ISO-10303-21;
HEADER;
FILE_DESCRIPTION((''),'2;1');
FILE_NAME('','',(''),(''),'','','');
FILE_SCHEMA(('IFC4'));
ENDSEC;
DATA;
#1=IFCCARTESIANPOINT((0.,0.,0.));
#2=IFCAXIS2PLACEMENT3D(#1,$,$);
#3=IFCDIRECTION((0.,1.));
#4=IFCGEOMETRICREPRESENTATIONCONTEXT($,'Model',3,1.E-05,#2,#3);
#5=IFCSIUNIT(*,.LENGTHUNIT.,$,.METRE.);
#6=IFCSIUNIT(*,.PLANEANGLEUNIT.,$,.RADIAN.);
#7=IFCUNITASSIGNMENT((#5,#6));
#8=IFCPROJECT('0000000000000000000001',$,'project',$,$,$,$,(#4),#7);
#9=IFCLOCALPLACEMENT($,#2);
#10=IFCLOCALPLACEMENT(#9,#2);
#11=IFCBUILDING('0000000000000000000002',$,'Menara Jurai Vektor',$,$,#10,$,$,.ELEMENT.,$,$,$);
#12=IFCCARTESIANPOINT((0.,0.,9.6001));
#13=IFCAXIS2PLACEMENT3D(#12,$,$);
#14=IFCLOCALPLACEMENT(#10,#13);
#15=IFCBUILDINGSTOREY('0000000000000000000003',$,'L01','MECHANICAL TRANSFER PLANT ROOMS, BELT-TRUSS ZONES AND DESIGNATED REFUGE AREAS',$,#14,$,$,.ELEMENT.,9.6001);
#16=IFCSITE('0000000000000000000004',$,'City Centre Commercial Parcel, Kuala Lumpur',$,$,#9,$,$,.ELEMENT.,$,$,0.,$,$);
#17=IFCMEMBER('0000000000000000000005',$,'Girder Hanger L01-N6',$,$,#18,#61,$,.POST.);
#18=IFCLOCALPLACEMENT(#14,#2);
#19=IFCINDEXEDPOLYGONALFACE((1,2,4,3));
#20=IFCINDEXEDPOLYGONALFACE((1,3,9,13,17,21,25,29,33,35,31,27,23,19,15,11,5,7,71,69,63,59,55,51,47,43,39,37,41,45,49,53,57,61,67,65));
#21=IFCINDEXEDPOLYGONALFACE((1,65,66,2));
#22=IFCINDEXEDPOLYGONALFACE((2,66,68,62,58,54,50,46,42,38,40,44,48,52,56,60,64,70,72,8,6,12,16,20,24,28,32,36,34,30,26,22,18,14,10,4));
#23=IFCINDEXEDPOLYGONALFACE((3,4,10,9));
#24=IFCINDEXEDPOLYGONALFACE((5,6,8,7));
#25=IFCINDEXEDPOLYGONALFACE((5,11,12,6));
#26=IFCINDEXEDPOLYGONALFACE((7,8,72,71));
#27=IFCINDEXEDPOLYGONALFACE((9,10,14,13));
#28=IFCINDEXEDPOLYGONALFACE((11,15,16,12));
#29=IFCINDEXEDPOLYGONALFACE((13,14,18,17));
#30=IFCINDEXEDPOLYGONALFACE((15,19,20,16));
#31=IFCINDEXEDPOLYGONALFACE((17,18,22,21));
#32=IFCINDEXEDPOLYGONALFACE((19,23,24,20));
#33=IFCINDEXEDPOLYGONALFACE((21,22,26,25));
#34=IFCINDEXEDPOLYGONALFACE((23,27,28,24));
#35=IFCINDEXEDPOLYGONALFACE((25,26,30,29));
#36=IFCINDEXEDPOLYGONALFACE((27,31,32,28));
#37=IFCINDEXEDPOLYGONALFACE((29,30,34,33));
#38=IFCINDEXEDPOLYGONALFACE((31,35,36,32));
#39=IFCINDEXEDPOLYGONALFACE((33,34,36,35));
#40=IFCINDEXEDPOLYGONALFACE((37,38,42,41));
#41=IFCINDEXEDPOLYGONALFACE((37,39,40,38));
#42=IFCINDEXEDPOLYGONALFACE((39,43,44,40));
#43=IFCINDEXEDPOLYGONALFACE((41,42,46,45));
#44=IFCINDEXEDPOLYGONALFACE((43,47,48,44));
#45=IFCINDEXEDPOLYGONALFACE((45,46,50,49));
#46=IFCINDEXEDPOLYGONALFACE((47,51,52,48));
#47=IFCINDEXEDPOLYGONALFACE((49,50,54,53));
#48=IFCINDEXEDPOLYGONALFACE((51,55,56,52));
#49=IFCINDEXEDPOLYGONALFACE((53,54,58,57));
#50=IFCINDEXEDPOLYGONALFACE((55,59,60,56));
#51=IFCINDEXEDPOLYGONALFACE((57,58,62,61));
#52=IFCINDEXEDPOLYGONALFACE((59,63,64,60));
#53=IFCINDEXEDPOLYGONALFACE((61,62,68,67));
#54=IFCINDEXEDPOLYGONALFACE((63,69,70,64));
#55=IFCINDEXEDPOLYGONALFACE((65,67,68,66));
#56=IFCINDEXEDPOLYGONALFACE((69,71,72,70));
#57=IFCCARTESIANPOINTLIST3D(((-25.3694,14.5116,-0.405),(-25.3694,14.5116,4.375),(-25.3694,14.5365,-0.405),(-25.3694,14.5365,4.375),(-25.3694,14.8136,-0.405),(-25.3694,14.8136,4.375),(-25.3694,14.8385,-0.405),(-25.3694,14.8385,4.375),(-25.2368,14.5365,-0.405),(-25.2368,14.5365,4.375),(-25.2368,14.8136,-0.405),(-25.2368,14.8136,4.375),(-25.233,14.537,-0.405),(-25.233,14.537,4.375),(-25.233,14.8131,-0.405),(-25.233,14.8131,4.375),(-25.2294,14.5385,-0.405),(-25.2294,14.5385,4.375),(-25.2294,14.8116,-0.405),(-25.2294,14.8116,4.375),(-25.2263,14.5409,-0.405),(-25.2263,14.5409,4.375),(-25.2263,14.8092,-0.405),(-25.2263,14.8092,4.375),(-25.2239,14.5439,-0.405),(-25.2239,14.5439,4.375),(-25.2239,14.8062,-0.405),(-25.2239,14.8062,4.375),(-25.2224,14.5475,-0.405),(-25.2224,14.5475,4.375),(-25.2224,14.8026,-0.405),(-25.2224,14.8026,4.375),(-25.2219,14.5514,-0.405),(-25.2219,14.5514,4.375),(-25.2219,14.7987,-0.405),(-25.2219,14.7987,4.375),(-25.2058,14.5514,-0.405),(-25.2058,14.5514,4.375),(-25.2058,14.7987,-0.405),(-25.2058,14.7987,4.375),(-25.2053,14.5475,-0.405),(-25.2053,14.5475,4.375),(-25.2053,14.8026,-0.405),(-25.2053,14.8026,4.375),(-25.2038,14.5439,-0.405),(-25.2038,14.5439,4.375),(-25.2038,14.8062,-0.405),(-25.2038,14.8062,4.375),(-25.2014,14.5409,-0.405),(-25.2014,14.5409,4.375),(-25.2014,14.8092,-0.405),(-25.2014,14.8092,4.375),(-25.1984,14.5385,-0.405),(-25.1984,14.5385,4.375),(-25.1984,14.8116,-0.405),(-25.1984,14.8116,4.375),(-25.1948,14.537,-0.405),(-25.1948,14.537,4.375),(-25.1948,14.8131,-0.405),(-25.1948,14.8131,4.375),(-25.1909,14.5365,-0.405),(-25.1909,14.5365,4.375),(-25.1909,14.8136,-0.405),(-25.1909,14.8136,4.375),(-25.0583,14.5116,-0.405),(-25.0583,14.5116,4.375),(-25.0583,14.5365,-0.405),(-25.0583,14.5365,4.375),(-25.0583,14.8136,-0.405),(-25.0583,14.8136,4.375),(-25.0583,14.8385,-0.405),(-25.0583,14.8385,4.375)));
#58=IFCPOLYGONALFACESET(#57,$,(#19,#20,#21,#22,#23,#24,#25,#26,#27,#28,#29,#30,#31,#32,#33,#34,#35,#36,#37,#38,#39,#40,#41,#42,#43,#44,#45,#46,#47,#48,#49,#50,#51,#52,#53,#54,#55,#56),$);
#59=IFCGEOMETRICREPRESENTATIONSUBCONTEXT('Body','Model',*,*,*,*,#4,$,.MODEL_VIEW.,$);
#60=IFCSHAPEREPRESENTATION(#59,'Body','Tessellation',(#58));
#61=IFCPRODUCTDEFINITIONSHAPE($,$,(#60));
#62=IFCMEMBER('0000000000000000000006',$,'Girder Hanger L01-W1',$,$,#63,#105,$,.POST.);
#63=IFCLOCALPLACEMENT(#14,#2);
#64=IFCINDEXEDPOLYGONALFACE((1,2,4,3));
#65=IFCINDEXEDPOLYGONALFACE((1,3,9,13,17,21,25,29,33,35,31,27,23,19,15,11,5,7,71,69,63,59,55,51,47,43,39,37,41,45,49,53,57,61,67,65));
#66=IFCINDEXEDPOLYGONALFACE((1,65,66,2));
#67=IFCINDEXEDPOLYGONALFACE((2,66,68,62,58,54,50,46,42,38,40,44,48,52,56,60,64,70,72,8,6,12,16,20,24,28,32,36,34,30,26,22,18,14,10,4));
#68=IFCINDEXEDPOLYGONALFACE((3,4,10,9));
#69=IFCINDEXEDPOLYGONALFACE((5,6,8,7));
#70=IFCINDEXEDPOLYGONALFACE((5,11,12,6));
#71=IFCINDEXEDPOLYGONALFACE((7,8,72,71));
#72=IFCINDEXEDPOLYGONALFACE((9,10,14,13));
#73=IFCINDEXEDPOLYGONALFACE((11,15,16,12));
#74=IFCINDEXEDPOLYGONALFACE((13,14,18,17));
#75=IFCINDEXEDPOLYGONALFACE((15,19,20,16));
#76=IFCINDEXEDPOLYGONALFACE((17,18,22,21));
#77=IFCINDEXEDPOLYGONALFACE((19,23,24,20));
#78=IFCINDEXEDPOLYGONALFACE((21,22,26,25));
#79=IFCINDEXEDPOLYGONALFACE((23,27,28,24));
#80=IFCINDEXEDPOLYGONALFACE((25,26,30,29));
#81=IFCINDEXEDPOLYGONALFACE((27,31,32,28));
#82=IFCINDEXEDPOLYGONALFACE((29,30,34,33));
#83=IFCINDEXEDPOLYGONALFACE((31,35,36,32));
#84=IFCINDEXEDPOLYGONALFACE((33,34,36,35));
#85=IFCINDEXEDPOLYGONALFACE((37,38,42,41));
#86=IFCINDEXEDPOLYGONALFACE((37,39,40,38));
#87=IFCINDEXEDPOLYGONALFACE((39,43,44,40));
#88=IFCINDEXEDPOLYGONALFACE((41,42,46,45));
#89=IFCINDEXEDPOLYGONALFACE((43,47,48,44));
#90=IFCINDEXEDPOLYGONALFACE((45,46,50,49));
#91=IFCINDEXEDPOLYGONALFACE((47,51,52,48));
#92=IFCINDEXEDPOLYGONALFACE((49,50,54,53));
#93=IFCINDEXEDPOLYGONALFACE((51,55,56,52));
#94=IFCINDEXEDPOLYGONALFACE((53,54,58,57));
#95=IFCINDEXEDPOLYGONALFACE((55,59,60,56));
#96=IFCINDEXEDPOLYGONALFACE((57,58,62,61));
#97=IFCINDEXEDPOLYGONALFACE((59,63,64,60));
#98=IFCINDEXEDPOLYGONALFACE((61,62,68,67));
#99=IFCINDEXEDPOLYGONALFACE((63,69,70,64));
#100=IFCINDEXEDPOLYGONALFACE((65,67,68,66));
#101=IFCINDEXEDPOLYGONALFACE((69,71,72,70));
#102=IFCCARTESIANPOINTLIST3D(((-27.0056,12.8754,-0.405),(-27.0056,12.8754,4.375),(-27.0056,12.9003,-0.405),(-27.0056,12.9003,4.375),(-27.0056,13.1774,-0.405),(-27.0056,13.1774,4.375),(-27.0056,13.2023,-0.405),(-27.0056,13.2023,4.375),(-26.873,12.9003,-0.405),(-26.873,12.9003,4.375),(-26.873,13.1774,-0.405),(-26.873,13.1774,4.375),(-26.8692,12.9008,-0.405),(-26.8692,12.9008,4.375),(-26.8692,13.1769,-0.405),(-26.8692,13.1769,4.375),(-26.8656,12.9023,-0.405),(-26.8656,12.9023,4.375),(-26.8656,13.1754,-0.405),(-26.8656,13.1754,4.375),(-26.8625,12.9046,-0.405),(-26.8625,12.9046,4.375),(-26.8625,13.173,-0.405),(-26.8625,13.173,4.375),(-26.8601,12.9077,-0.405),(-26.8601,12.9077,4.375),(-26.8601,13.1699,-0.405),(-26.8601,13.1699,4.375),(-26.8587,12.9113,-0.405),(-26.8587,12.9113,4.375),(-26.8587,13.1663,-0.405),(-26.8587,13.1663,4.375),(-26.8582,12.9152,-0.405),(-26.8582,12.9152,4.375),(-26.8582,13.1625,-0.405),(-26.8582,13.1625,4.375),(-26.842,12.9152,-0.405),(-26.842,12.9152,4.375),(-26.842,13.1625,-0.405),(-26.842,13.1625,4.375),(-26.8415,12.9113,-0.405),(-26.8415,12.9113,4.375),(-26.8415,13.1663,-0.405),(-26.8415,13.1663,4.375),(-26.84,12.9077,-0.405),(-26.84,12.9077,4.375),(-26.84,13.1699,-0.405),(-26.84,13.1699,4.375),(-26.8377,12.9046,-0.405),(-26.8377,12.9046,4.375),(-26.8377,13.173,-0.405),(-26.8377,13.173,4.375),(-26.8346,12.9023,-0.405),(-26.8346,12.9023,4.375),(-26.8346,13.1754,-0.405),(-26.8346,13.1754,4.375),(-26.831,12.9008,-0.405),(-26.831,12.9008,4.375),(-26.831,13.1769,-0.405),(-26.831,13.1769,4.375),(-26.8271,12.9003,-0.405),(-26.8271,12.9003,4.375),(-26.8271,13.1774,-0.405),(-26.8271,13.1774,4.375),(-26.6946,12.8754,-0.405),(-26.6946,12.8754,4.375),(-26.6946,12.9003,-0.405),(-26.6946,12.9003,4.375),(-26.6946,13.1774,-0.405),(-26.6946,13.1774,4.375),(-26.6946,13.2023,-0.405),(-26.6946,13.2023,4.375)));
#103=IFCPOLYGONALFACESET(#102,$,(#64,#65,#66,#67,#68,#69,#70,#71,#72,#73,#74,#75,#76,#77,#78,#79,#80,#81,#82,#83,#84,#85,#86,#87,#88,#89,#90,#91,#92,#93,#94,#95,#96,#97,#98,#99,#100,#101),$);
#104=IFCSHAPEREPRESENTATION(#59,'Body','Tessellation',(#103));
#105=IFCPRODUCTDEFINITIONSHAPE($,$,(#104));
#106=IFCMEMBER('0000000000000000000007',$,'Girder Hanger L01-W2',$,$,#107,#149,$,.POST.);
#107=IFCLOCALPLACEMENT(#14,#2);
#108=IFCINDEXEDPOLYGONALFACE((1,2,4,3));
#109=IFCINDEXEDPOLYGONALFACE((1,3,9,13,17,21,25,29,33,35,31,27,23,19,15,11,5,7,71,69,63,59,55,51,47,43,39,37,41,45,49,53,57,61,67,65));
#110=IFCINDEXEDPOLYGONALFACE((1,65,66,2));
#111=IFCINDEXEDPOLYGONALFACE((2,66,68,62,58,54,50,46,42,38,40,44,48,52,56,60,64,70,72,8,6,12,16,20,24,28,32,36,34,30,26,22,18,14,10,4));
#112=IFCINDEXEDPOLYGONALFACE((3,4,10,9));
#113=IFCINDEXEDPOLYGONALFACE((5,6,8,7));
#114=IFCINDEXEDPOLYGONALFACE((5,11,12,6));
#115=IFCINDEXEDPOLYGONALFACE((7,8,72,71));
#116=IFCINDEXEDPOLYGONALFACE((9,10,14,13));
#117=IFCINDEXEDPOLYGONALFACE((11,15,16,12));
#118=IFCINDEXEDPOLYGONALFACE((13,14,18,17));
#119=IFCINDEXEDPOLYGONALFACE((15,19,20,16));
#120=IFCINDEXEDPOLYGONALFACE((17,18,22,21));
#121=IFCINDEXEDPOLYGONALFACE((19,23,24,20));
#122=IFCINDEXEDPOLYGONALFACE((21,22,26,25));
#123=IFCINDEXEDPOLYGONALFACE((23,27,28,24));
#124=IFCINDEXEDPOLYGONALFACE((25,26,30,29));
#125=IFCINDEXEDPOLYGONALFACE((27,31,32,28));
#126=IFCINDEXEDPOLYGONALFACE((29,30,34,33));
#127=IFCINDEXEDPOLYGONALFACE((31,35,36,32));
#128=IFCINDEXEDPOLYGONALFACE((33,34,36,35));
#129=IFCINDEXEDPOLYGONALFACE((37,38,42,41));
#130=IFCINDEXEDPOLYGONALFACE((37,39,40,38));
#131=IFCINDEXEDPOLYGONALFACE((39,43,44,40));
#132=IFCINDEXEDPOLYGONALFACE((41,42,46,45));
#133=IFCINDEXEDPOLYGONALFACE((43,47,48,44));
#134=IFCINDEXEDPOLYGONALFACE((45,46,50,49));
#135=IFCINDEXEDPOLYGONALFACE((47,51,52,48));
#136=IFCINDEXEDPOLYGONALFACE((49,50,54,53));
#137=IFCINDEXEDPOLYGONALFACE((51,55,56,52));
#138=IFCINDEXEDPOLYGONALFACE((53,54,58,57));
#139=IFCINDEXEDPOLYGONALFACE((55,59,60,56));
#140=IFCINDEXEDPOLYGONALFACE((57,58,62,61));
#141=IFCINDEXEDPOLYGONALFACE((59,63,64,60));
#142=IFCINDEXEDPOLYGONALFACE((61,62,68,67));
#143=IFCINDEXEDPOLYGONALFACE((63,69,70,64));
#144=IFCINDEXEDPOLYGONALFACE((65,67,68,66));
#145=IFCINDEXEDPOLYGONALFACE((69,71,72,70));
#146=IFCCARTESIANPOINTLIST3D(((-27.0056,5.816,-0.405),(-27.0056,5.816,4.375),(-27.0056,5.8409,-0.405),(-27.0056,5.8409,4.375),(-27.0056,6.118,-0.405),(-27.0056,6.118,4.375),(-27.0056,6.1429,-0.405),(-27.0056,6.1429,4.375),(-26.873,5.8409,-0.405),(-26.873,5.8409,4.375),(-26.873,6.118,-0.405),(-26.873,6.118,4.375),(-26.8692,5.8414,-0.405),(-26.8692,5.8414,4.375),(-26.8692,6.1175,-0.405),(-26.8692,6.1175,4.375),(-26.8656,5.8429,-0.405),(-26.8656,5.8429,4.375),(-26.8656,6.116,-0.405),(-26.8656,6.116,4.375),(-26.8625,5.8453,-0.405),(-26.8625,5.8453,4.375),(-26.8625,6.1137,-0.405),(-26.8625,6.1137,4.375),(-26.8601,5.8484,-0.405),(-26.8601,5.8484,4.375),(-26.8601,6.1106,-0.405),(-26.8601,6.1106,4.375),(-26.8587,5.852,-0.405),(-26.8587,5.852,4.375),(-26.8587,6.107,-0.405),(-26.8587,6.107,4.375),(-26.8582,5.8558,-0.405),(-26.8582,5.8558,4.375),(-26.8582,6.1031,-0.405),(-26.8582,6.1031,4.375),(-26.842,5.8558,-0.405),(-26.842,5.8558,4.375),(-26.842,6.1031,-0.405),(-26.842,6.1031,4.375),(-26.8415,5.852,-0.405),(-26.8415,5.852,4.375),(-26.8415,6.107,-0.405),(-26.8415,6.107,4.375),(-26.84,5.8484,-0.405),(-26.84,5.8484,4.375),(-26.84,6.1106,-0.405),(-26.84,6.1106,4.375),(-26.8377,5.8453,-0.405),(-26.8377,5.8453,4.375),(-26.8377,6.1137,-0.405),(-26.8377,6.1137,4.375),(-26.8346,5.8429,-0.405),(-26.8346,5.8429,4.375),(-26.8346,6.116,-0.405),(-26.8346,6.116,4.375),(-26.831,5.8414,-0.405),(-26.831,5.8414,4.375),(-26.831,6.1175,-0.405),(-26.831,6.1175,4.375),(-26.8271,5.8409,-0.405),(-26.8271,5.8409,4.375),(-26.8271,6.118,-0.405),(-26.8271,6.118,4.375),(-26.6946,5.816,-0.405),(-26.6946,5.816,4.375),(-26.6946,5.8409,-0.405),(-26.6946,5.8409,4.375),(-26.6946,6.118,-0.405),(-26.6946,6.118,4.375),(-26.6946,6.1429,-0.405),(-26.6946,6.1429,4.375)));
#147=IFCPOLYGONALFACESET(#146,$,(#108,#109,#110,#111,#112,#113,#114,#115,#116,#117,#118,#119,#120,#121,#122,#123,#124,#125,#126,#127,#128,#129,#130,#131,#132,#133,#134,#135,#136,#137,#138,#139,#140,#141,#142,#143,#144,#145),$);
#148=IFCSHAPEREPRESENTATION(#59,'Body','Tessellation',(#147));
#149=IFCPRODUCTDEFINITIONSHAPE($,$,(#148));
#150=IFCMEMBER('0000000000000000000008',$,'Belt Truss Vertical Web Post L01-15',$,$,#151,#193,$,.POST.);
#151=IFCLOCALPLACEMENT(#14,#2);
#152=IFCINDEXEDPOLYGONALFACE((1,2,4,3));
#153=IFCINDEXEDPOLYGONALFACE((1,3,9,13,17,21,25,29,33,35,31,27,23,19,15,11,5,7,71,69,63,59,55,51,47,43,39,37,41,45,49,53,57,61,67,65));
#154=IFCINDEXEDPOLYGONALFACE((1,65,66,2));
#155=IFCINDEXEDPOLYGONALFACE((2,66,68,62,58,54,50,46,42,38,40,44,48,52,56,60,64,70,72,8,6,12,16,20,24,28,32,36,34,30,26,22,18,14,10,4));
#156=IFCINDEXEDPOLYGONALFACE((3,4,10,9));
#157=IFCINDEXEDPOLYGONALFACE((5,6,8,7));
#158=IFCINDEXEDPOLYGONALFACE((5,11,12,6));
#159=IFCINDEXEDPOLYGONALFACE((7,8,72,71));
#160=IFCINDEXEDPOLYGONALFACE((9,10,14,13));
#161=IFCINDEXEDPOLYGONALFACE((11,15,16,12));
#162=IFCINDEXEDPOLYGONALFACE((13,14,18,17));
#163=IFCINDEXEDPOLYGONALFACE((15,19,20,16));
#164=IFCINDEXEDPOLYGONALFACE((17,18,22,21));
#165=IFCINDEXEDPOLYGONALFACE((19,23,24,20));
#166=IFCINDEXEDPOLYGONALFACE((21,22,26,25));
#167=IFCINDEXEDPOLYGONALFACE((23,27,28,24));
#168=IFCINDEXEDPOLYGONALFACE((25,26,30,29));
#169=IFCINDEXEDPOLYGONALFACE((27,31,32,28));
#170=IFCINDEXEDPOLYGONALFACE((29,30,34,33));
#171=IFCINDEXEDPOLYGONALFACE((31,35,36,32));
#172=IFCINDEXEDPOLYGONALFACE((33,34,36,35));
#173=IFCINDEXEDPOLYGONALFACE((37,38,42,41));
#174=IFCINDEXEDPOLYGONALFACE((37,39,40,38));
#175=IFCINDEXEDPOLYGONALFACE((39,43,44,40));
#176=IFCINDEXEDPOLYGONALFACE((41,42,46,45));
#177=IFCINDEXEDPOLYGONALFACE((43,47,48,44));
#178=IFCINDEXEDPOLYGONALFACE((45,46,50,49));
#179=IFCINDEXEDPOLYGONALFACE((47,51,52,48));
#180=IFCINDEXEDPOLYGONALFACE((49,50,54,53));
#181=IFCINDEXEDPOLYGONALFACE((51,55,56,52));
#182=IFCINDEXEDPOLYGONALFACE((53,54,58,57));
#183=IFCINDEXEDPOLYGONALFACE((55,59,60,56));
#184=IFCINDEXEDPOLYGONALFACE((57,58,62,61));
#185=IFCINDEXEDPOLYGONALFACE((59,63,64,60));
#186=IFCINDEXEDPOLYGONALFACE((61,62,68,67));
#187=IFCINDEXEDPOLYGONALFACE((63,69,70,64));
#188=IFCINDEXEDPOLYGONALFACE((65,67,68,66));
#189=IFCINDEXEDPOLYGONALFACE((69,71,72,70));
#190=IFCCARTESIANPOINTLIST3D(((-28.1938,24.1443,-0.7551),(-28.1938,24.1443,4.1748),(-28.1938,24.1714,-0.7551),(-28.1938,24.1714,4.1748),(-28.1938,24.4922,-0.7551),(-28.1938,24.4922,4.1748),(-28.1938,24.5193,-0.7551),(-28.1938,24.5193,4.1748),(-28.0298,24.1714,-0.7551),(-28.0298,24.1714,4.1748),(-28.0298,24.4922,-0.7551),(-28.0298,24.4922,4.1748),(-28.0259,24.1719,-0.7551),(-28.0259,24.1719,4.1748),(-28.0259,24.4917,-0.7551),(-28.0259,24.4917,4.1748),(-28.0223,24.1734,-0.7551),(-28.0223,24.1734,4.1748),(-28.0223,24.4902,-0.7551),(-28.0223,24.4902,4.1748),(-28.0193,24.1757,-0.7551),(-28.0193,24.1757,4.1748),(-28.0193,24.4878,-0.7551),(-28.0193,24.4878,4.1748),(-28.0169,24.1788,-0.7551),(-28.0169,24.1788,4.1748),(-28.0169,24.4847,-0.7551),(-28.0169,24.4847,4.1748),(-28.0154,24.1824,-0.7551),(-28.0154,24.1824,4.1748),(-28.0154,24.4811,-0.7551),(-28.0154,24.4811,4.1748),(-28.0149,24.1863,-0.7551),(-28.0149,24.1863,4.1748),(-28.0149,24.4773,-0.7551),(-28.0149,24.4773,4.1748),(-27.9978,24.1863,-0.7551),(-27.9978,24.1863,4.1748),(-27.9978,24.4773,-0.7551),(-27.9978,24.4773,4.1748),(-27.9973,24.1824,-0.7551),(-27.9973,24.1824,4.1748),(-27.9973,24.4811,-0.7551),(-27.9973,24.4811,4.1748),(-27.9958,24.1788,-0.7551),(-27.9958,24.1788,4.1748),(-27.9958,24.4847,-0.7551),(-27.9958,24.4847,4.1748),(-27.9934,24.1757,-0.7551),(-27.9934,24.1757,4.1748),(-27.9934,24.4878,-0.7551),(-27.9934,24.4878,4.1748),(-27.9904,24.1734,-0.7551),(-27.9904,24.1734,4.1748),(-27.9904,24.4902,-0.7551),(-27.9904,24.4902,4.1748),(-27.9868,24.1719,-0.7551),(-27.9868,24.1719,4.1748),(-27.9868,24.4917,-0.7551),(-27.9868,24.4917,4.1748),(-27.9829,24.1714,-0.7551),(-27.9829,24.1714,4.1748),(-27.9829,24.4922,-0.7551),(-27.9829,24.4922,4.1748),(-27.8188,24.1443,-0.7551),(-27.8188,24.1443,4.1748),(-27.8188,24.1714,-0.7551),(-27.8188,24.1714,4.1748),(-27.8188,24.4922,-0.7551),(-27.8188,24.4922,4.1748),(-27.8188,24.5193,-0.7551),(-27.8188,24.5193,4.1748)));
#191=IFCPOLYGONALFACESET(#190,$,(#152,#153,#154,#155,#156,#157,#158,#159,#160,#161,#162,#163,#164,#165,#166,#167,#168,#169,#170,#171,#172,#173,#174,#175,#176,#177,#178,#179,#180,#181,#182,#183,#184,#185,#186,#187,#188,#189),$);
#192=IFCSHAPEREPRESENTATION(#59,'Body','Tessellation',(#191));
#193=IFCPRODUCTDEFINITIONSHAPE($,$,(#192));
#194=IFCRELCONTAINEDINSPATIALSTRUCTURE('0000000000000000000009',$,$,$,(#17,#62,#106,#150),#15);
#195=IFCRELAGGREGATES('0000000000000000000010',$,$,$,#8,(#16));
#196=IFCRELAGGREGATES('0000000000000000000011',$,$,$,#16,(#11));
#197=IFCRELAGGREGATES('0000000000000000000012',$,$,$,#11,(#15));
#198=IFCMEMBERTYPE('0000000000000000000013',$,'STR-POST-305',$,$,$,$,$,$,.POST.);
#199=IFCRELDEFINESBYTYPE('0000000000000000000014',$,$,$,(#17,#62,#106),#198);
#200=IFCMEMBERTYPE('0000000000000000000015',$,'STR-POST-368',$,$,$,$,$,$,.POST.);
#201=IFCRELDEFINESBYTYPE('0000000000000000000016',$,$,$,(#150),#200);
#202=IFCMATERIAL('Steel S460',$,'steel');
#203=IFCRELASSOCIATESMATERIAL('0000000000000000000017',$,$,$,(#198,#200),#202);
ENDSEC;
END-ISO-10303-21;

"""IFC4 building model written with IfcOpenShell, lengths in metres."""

from ifc_helpers import new_model, si_unit, direction, frame, origin, origin_2d, place, context, subcontext, project, spatial, i_section, extrude, material, material_profile, profile_set, type_object, element, save


model = new_model("IFC4")

# Units and contexts
model_context = context("Model", 3, precision=1e-05, world=origin(), true_north=direction((0.0, 1.0)))
body_context = subcontext(model_context, "Body", "Model", "MODEL_VIEW")
ifc_project = project(units=[si_unit("LENGTHUNIT", "METRE"), si_unit("PLANEANGLEUNIT", "RADIAN")], contexts=[model_context])

# Site, building, storey
site_placement = place(None, origin())
site = spatial("IfcSite", under=ifc_project, at=site_placement, Name="City Centre Commercial Parcel, Kuala Lumpur", CompositionType="ELEMENT", RefElevation=0.0)
building_placement = place(site_placement, origin())
building = spatial("IfcBuilding", under=site, at=building_placement, Name="Menara Jurai Vektor", CompositionType="ELEMENT")
storey_placement = place(building_placement, frame((0.0, 0.0, 9.6001)))
storey = spatial("IfcBuildingStorey", under=building, at=storey_placement, Name="L01", Description="MECHANICAL TRANSFER PLANT ROOMS, BELT-TRUSS ZONES AND DESIGNATED REFUGE AREAS", CompositionType="ELEMENT", Elevation=9.6001)

# Shared definitions
ifc_material_1 = material(Name="Steel S460", Category="steel")

# Members
ifc_material_profile_1 = material_profile(ifc_material_1, i_section(OverallWidth=0.311, OverallDepth=0.3269, WebThickness=0.0161, FlangeThickness=0.0249, FilletRadius=0.0149, at=origin_2d()), Name="UKC 305x305x158")
ifc_profile_set_1 = profile_set([ifc_material_profile_1], Name="Steel S460")
member_type_1 = type_object("IfcMemberType", Name="STR-POST-305", PredefinedType="POST", material=ifc_profile_set_1)
for number, where, z_axis, x_axis, name in (
    (1, (-25.2139, 14.675, -0.405), (0.0, 0.0, 1.0), (1.0, 0.0, 0.0), "Girder Hanger L01-N6"),
    (2, (-26.8501, 13.0388, -0.405), (0.0, 0.0, 1.0), (1.0, 0.0, 0.0), "Girder Hanger L01-W1"),
    (3, (-26.8501, 5.9795, -0.405), (0.0, 0.0, 1.0), (1.0, 0.0, 0.0), "Girder Hanger L01-W2"),
):
    element("IfcMember", number, at=place(storey_placement, frame(where, z_axis=z_axis, x_axis=x_axis)), inside=storey, type_object=member_type_1, Name=name, PredefinedType="POST", context=body_context, shape_type="SweptSolid", body=[
        extrude(i_section(OverallWidth=0.311, OverallDepth=0.3269, WebThickness=0.0161, FlangeThickness=0.0249, FilletRadius=0.0149, at=origin_2d()), origin(), (0.0, 0.0, 1.0), 4.78),
    ])
ifc_material_profile_2 = material_profile(ifc_material_1, i_section(OverallWidth=0.375, OverallDepth=0.375, WebThickness=0.0171, FlangeThickness=0.0271, FilletRadius=0.0149, at=origin_2d()), Name="UKC 356x368x202")
ifc_profile_set_2 = profile_set([ifc_material_profile_2], Name="Steel S460")
member_type_2 = type_object("IfcMemberType", Name="STR-POST-368", PredefinedType="POST", material=ifc_profile_set_2)
for number, where, z_axis, x_axis, name in (
    (4, (-28.0063, 24.3318, -0.7551), (0.0, 0.0, 1.0), (1.0, 0.0, 0.0), "Belt Truss Vertical Web Post L01-15"),
):
    element("IfcMember", number, at=place(storey_placement, frame(where, z_axis=z_axis, x_axis=x_axis)), inside=storey, type_object=member_type_2, Name=name, PredefinedType="POST", context=body_context, shape_type="SweptSolid", body=[
        extrude(i_section(OverallWidth=0.375, OverallDepth=0.375, WebThickness=0.0171, FlangeThickness=0.0271, FilletRadius=0.0149, at=origin_2d()), origin(), (0.0, 0.0, 1.0), 4.9299),
    ])

save(model, "model.ifc")
